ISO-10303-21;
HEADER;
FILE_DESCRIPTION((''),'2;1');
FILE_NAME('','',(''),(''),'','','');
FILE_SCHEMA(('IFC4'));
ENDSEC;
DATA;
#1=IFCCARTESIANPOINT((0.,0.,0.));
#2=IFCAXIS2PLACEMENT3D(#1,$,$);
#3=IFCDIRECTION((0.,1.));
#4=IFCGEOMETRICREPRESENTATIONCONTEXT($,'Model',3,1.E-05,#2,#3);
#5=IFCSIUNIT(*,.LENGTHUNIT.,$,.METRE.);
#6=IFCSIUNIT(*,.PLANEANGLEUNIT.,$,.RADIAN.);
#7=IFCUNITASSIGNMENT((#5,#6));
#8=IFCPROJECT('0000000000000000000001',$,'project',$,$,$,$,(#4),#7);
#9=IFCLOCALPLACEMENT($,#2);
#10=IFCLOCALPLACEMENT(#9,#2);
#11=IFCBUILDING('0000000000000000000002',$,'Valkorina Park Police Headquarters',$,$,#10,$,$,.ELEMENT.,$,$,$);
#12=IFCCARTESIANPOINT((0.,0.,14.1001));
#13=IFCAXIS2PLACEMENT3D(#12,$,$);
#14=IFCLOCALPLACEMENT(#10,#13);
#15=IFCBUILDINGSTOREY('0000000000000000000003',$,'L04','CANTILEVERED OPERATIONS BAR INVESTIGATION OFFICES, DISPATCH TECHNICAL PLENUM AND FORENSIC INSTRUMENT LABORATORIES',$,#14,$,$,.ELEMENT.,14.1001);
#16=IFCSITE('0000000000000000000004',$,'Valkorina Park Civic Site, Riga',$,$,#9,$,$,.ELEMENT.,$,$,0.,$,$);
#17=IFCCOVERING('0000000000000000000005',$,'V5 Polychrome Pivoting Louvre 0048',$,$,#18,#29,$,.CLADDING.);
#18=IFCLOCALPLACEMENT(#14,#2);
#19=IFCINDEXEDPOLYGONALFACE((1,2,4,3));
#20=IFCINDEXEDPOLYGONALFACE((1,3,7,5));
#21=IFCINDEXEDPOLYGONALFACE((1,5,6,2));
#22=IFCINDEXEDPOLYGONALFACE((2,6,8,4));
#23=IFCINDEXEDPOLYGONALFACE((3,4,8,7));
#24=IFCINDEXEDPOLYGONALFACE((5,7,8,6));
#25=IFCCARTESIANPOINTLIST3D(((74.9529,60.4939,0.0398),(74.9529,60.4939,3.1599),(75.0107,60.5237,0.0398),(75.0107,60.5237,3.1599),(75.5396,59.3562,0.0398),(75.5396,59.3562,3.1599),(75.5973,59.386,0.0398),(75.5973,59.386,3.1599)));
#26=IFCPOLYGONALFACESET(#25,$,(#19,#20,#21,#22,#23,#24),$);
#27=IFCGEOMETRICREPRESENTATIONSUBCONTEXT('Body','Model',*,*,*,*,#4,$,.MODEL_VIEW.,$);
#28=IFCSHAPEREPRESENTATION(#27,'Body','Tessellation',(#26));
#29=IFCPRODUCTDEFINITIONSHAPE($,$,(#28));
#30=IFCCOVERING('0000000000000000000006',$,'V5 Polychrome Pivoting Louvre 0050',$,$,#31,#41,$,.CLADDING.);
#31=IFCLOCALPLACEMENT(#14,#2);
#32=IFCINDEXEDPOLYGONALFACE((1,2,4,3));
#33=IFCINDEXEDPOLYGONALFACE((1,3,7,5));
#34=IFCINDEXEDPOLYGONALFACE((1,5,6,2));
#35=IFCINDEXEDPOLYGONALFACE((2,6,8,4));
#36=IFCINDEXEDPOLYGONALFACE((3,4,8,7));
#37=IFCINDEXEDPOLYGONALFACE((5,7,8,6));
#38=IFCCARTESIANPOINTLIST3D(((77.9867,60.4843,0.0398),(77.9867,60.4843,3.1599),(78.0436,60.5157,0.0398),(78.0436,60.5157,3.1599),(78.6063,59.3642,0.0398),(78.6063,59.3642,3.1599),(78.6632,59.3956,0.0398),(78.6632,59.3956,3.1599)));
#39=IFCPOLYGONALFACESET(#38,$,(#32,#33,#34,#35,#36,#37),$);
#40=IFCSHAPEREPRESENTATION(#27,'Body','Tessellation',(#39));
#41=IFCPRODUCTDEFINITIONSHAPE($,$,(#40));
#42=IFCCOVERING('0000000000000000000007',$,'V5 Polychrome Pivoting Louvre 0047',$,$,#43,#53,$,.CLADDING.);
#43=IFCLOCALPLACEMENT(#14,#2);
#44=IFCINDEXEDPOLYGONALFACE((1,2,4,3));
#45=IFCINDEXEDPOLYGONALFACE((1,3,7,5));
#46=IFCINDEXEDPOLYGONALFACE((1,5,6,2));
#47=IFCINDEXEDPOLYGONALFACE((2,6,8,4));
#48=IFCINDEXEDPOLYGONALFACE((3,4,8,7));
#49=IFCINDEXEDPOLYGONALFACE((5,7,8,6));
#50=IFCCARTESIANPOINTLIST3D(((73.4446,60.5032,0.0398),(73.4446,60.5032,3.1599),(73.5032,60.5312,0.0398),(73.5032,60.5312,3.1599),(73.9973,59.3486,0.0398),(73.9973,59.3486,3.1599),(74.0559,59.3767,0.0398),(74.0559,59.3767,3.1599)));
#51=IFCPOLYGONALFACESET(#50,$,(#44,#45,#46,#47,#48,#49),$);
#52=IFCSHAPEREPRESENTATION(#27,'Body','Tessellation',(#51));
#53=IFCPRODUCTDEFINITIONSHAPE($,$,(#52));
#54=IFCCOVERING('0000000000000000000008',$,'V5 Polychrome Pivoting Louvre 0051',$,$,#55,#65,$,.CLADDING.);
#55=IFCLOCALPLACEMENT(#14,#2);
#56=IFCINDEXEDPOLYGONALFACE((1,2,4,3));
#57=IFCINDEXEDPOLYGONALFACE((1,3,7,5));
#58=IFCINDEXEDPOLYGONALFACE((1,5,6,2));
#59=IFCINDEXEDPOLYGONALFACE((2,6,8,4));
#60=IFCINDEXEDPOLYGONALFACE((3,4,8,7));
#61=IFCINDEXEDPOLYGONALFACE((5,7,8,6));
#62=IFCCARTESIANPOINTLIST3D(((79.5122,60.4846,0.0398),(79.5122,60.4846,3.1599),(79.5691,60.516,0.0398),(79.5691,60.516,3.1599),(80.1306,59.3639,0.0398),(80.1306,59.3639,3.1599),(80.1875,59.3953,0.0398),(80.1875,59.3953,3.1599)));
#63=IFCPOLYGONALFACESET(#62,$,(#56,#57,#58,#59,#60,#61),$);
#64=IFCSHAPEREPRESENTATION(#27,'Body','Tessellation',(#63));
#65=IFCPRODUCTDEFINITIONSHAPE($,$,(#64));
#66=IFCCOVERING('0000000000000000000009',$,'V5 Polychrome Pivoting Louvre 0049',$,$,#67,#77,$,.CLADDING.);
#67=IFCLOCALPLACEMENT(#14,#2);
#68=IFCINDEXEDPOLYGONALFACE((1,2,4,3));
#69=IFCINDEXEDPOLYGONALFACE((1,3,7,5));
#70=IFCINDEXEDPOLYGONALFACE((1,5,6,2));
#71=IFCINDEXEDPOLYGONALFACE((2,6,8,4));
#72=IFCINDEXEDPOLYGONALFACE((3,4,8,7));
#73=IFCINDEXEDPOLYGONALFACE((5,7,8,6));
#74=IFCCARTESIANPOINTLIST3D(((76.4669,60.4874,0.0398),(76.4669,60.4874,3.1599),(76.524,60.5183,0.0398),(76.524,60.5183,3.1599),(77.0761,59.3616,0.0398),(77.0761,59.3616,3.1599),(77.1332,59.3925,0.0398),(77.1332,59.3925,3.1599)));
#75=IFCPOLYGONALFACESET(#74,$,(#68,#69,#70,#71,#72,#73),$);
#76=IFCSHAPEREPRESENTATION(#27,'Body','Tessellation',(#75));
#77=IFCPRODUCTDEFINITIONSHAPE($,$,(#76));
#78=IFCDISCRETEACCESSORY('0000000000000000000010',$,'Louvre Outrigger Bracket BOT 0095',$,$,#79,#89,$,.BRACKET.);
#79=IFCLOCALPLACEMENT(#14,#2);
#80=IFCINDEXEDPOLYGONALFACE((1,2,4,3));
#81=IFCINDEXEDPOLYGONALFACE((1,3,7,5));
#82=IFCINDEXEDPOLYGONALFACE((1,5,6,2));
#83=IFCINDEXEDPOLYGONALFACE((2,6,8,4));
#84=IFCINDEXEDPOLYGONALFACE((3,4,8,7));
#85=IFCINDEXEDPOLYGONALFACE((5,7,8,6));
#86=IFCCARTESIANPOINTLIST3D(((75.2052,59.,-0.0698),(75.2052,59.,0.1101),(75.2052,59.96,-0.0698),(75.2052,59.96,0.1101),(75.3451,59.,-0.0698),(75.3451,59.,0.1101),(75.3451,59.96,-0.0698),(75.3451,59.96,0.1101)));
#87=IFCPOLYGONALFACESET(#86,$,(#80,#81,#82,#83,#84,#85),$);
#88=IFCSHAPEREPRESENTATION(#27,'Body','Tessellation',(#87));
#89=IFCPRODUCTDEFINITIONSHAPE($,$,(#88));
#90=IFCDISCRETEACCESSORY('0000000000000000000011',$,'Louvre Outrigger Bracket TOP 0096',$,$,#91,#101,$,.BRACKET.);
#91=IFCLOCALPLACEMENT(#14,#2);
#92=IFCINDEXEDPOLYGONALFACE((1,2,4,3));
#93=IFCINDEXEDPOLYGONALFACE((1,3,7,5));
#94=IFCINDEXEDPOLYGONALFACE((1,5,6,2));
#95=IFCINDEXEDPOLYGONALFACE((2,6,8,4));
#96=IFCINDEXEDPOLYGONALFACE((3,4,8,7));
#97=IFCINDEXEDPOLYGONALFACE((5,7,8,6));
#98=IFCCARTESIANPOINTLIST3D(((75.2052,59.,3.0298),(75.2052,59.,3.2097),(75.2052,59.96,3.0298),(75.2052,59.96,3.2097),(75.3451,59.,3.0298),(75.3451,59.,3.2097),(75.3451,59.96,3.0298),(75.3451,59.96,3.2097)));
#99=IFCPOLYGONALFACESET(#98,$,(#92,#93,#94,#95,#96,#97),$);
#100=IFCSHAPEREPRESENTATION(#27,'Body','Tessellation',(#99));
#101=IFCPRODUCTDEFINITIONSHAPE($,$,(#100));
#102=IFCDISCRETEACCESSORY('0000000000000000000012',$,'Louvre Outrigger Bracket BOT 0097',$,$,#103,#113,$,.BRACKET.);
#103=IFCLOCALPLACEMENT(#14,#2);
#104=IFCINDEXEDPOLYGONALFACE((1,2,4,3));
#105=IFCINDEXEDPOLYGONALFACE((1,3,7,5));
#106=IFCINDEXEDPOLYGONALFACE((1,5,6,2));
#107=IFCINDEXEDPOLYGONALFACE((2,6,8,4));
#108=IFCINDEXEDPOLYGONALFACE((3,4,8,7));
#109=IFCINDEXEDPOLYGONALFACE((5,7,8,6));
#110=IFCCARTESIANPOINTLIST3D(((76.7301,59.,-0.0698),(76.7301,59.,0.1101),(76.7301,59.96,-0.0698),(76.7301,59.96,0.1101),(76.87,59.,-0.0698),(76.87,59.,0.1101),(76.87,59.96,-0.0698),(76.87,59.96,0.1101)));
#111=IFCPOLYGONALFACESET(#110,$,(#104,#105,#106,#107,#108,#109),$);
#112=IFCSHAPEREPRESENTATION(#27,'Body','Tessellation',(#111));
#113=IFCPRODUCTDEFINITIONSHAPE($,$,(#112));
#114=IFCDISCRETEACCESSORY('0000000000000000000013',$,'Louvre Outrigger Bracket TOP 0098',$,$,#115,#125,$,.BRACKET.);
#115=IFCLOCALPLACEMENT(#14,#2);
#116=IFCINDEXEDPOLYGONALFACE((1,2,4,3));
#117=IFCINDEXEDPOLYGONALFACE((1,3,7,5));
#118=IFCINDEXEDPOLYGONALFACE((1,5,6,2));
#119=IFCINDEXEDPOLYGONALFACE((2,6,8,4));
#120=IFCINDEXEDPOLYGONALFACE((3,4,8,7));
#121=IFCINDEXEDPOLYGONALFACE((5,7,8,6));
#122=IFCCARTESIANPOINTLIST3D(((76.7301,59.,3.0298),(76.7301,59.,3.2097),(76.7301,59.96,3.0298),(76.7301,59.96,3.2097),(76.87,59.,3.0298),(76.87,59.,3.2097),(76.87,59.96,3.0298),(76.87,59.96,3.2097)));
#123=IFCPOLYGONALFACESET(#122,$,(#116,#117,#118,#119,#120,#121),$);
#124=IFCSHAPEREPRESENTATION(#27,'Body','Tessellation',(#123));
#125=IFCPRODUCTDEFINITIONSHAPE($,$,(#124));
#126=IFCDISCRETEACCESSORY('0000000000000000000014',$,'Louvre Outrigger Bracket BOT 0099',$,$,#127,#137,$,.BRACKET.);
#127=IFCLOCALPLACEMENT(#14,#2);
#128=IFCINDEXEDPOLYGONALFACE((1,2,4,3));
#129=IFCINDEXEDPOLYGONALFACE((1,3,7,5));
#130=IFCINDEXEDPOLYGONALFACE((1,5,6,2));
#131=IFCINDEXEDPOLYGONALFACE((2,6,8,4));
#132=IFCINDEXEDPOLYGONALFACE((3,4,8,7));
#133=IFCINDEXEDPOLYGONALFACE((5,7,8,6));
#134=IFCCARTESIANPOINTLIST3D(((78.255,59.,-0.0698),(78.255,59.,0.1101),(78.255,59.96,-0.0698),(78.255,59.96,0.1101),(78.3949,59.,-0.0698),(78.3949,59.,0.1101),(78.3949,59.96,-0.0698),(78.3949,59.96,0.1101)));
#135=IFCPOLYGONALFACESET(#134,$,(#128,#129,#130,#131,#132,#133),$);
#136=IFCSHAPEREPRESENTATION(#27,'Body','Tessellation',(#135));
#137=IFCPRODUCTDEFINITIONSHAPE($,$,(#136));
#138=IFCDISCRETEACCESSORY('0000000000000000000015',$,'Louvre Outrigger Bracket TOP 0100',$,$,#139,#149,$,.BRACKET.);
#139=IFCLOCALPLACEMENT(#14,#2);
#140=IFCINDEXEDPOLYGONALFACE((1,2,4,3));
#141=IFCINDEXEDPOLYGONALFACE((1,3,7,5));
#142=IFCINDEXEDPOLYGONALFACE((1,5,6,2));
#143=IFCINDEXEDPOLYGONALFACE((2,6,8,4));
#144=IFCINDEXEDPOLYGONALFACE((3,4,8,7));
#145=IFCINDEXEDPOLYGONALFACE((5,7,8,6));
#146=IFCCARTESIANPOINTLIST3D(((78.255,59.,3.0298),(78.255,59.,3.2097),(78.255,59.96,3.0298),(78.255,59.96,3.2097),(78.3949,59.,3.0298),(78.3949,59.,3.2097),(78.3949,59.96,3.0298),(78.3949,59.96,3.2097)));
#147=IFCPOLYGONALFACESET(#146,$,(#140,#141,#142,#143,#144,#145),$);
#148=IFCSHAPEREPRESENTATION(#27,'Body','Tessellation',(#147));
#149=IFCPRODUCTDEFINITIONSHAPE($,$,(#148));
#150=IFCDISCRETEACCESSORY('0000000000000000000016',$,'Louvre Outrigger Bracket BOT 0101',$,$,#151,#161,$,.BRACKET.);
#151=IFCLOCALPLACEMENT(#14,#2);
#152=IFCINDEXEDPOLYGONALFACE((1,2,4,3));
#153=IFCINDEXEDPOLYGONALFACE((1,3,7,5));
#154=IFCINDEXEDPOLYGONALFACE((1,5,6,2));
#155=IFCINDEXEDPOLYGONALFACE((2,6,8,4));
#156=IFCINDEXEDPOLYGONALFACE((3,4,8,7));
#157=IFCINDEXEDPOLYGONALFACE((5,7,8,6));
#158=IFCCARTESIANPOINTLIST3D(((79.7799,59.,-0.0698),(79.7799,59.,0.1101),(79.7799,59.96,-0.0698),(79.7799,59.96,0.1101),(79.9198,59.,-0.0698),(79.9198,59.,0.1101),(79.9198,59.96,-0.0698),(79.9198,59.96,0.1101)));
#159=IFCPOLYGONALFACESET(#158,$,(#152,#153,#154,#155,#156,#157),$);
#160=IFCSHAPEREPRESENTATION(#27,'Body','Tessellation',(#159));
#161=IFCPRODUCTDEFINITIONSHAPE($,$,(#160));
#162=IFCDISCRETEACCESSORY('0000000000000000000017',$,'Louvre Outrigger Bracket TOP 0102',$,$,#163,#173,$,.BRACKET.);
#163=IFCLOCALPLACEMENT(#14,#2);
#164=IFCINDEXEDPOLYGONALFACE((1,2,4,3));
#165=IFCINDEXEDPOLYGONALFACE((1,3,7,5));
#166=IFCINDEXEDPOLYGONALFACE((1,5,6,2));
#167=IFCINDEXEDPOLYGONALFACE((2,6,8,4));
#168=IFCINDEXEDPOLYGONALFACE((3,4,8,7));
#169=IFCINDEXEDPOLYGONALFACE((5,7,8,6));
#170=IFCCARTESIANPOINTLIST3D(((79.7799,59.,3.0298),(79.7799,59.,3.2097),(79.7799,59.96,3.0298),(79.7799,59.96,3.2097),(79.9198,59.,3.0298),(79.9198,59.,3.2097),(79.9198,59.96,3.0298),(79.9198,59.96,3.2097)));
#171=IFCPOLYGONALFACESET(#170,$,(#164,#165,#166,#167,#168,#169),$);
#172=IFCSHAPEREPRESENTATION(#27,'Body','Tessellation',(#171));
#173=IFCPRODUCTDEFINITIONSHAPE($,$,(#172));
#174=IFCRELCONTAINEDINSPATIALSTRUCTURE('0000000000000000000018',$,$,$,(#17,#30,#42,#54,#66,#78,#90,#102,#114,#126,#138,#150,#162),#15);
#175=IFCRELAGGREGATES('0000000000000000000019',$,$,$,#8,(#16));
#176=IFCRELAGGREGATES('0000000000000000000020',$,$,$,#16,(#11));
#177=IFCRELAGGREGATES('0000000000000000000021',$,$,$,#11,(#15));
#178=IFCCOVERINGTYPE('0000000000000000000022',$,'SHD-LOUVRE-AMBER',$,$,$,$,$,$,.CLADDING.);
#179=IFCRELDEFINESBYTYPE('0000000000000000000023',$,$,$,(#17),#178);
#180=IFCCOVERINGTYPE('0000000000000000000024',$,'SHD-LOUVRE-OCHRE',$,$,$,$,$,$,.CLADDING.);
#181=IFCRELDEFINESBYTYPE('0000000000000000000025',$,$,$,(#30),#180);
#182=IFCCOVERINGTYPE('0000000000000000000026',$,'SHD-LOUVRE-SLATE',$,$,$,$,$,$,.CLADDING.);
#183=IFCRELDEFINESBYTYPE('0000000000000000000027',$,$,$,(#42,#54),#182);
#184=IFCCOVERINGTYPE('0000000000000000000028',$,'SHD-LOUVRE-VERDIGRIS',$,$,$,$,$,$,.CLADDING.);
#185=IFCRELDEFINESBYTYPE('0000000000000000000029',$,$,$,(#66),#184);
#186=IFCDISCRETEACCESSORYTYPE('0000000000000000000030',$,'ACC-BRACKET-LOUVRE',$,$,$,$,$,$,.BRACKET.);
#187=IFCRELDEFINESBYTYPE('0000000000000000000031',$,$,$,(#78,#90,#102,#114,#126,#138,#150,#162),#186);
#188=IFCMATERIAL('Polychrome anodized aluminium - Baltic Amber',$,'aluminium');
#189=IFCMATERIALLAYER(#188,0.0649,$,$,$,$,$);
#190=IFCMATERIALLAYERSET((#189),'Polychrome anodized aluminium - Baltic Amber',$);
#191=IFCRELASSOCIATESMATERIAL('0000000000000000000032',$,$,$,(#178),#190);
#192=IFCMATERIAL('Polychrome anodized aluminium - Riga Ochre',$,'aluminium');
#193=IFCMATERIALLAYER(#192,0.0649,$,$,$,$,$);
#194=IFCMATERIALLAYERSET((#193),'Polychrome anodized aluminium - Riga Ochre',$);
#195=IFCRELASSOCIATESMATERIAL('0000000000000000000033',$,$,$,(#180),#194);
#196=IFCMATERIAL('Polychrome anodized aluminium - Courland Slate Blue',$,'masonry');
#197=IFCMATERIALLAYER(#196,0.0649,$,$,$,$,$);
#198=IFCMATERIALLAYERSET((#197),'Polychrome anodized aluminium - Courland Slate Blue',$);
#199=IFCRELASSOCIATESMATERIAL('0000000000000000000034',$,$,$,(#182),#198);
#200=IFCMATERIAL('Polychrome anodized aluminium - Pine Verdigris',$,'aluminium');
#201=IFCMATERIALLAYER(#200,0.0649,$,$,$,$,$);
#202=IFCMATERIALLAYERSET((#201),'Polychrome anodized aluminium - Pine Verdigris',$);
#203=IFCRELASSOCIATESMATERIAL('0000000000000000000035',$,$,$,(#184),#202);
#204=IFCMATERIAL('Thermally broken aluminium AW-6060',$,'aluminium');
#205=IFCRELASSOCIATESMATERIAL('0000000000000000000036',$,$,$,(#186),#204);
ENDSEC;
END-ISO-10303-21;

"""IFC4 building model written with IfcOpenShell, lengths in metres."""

from ifc_helpers import new_model, si_unit, direction, frame, origin, origin_2d, place, context, subcontext, project, spatial, rectangle, extrude, material, layer, layer_set, type_object, element, save


model = new_model("IFC4")

# Units and contexts
model_context = context("Model", 3, precision=1e-05, world=origin(), true_north=direction((0.0, 1.0)))
body_context = subcontext(model_context, "Body", "Model", "MODEL_VIEW")
ifc_project = project(units=[si_unit("LENGTHUNIT", "METRE"), si_unit("PLANEANGLEUNIT", "RADIAN")], contexts=[model_context])

# Site, building, storey
site_placement = place(None, origin())
site = spatial("IfcSite", under=ifc_project, at=site_placement, Name="Valkorina Park Civic Site, Riga", CompositionType="ELEMENT", RefElevation=0.0)
building_placement = place(site_placement, origin())
building = spatial("IfcBuilding", under=site, at=building_placement, Name="Valkorina Park Police Headquarters", CompositionType="ELEMENT")
storey_placement = place(building_placement, frame((0.0, 0.0, 14.1001)))
storey = spatial("IfcBuildingStorey", under=building, at=storey_placement, Name="L04", Description="CANTILEVERED OPERATIONS BAR INVESTIGATION OFFICES, DISPATCH TECHNICAL PLENUM AND FORENSIC INSTRUMENT LABORATORIES", CompositionType="ELEMENT", Elevation=14.1001)

# Shared definitions
ifc_material_1 = material(Name="Thermally broken aluminium AW-6060", Category="aluminium")

# Coverings
ifc_material_2 = material(Name="Polychrome anodized aluminium - Baltic Amber", Category="aluminium")
ifc_layer_1 = layer(ifc_material_2, 0.0649)
ifc_layer_set_1 = layer_set([ifc_layer_1], Name="Polychrome anodized aluminium - Baltic Amber")
covering_type_1 = type_object("IfcCoveringType", Name="SHD-LOUVRE-AMBER", PredefinedType="CLADDING", material=ifc_layer_set_1)
covering_1_placement = place(storey_placement, frame((75.2751, 59.9399, 0.0398), z_axis=(0.0, 0.0, 1.0), x_axis=(-0.458339, 0.888777, 0.0)))
element("IfcCovering", 1, at=covering_1_placement, inside=storey, type_object=covering_type_1, Name="V5 Polychrome Pivoting Louvre 0048", PredefinedType="CLADDING", context=body_context, shape_type="SweptSolid", body=[
    extrude(rectangle(XDim=1.28, YDim=0.0649, at=origin_2d()), origin(), (0.0, 0.0, 1.0), 3.1201),
])
ifc_material_3 = material(Name="Polychrome anodized aluminium - Riga Ochre", Category="aluminium")
ifc_layer_2 = layer(ifc_material_3, 0.0649)
ifc_layer_set_2 = layer_set([ifc_layer_2], Name="Polychrome anodized aluminium - Riga Ochre")
covering_type_2 = type_object("IfcCoveringType", Name="SHD-LOUVRE-OCHRE", PredefinedType="CLADDING", material=ifc_layer_set_2)
covering_2_placement = place(storey_placement, frame((78.325, 59.9399, 0.0398), z_axis=(0.0, 0.0, 1.0), x_axis=(-0.484046, 0.875042, 0.0)))
element("IfcCovering", 2, at=covering_2_placement, inside=storey, type_object=covering_type_2, Name="V5 Polychrome Pivoting Louvre 0050", PredefinedType="CLADDING", context=body_context, shape_type="SweptSolid", body=[
    extrude(rectangle(XDim=1.28, YDim=0.0649, at=origin_2d()), origin(), (0.0, 0.0, 1.0), 3.1201),
])
ifc_material_4 = material(Name="Polychrome anodized aluminium - Courland Slate Blue", Category="masonry")
ifc_layer_3 = layer(ifc_material_4, 0.0649)
ifc_layer_set_3 = layer_set([ifc_layer_3], Name="Polychrome anodized aluminium - Courland Slate Blue")
covering_type_3 = type_object("IfcCoveringType", Name="SHD-LOUVRE-SLATE", PredefinedType="CLADDING", material=ifc_layer_set_3)
for number, where, z_axis, x_axis, name in (
    (3, (73.7502, 59.9399, 0.0398), (0.0, 0.0, 1.0), (-0.431771, 0.901983, 0.0), "V5 Polychrome Pivoting Louvre 0047"),
    (4, (79.8499, 59.9399, 0.0398), (0.0, 0.0, 1.0), (-0.48313, 0.875549, 0.0), "V5 Polychrome Pivoting Louvre 0051"),
):
    element("IfcCovering", number, at=place(storey_placement, frame(where, z_axis=z_axis, x_axis=x_axis)), inside=storey, type_object=covering_type_3, Name=name, PredefinedType="CLADDING", context=body_context, shape_type="SweptSolid", body=[
        extrude(rectangle(XDim=1.28, YDim=0.0649, at=origin_2d()), origin(), (0.0, 0.0, 1.0), 3.1201),
    ])
ifc_material_5 = material(Name="Polychrome anodized aluminium - Pine Verdigris", Category="aluminium")
ifc_layer_4 = layer(ifc_material_5, 0.0649)
ifc_layer_set_4 = layer_set([ifc_layer_4], Name="Polychrome anodized aluminium - Pine Verdigris")
covering_type_4 = type_object("IfcCoveringType", Name="SHD-LOUVRE-VERDIGRIS", PredefinedType="CLADDING", material=ifc_layer_set_4)
covering_3_placement = place(storey_placement, frame((76.8, 59.9399, 0.0398), z_axis=(0.0, 0.0, 1.0), x_axis=(-0.475931, 0.879482, 0.0)))
element("IfcCovering", 5, at=covering_3_placement, inside=storey, type_object=covering_type_4, Name="V5 Polychrome Pivoting Louvre 0049", PredefinedType="CLADDING", context=body_context, shape_type="SweptSolid", body=[
    extrude(rectangle(XDim=1.28, YDim=0.0649, at=origin_2d()), origin(), (0.0, 0.0, 1.0), 3.1201),
])

# Discrete accessories
discrete_accessory_type = type_object("IfcDiscreteAccessoryType", Name="ACC-BRACKET-LOUVRE", PredefinedType="BRACKET", material=ifc_material_1)
for number, where, z_axis, x_axis, name in (
    (6, (75.2751, 59.48, -0.0698), (0.0, 0.0, 1.0), (0.0, 1.0, 0.0), "Louvre Outrigger Bracket BOT 0095"),
    (7, (75.2751, 59.48, 3.0298), (0.0, 0.0, 1.0), (0.0, 1.0, 0.0), "Louvre Outrigger Bracket TOP 0096"),
    (8, (76.8, 59.48, -0.0698), (0.0, 0.0, 1.0), (0.0, 1.0, 0.0), "Louvre Outrigger Bracket BOT 0097"),
    (9, (76.8, 59.48, 3.0298), (0.0, 0.0, 1.0), (0.0, 1.0, 0.0), "Louvre Outrigger Bracket TOP 0098"),
    (10, (78.325, 59.48, -0.0698), (0.0, 0.0, 1.0), (0.0, 1.0, 0.0), "Louvre Outrigger Bracket BOT 0099"),
    (11, (78.325, 59.48, 3.0298), (0.0, 0.0, 1.0), (0.0, 1.0, 0.0), "Louvre Outrigger Bracket TOP 0100"),
    (12, (79.8499, 59.48, -0.0698), (0.0, 0.0, 1.0), (0.0, 1.0, 0.0), "Louvre Outrigger Bracket BOT 0101"),
    (13, (79.8499, 59.48, 3.0298), (0.0, 0.0, 1.0), (0.0, 1.0, 0.0), "Louvre Outrigger Bracket TOP 0102"),
):
    element("IfcDiscreteAccessory", number, at=place(storey_placement, frame(where, z_axis=z_axis, x_axis=x_axis)), inside=storey, type_object=discrete_accessory_type, Name=name, PredefinedType="BRACKET", context=body_context, shape_type="SweptSolid", body=[
        extrude(rectangle(XDim=0.96, YDim=0.1399, at=origin_2d()), origin(), (0.0, 0.0, 1.0), 0.1799),
    ])

save(model, "model.ifc")
